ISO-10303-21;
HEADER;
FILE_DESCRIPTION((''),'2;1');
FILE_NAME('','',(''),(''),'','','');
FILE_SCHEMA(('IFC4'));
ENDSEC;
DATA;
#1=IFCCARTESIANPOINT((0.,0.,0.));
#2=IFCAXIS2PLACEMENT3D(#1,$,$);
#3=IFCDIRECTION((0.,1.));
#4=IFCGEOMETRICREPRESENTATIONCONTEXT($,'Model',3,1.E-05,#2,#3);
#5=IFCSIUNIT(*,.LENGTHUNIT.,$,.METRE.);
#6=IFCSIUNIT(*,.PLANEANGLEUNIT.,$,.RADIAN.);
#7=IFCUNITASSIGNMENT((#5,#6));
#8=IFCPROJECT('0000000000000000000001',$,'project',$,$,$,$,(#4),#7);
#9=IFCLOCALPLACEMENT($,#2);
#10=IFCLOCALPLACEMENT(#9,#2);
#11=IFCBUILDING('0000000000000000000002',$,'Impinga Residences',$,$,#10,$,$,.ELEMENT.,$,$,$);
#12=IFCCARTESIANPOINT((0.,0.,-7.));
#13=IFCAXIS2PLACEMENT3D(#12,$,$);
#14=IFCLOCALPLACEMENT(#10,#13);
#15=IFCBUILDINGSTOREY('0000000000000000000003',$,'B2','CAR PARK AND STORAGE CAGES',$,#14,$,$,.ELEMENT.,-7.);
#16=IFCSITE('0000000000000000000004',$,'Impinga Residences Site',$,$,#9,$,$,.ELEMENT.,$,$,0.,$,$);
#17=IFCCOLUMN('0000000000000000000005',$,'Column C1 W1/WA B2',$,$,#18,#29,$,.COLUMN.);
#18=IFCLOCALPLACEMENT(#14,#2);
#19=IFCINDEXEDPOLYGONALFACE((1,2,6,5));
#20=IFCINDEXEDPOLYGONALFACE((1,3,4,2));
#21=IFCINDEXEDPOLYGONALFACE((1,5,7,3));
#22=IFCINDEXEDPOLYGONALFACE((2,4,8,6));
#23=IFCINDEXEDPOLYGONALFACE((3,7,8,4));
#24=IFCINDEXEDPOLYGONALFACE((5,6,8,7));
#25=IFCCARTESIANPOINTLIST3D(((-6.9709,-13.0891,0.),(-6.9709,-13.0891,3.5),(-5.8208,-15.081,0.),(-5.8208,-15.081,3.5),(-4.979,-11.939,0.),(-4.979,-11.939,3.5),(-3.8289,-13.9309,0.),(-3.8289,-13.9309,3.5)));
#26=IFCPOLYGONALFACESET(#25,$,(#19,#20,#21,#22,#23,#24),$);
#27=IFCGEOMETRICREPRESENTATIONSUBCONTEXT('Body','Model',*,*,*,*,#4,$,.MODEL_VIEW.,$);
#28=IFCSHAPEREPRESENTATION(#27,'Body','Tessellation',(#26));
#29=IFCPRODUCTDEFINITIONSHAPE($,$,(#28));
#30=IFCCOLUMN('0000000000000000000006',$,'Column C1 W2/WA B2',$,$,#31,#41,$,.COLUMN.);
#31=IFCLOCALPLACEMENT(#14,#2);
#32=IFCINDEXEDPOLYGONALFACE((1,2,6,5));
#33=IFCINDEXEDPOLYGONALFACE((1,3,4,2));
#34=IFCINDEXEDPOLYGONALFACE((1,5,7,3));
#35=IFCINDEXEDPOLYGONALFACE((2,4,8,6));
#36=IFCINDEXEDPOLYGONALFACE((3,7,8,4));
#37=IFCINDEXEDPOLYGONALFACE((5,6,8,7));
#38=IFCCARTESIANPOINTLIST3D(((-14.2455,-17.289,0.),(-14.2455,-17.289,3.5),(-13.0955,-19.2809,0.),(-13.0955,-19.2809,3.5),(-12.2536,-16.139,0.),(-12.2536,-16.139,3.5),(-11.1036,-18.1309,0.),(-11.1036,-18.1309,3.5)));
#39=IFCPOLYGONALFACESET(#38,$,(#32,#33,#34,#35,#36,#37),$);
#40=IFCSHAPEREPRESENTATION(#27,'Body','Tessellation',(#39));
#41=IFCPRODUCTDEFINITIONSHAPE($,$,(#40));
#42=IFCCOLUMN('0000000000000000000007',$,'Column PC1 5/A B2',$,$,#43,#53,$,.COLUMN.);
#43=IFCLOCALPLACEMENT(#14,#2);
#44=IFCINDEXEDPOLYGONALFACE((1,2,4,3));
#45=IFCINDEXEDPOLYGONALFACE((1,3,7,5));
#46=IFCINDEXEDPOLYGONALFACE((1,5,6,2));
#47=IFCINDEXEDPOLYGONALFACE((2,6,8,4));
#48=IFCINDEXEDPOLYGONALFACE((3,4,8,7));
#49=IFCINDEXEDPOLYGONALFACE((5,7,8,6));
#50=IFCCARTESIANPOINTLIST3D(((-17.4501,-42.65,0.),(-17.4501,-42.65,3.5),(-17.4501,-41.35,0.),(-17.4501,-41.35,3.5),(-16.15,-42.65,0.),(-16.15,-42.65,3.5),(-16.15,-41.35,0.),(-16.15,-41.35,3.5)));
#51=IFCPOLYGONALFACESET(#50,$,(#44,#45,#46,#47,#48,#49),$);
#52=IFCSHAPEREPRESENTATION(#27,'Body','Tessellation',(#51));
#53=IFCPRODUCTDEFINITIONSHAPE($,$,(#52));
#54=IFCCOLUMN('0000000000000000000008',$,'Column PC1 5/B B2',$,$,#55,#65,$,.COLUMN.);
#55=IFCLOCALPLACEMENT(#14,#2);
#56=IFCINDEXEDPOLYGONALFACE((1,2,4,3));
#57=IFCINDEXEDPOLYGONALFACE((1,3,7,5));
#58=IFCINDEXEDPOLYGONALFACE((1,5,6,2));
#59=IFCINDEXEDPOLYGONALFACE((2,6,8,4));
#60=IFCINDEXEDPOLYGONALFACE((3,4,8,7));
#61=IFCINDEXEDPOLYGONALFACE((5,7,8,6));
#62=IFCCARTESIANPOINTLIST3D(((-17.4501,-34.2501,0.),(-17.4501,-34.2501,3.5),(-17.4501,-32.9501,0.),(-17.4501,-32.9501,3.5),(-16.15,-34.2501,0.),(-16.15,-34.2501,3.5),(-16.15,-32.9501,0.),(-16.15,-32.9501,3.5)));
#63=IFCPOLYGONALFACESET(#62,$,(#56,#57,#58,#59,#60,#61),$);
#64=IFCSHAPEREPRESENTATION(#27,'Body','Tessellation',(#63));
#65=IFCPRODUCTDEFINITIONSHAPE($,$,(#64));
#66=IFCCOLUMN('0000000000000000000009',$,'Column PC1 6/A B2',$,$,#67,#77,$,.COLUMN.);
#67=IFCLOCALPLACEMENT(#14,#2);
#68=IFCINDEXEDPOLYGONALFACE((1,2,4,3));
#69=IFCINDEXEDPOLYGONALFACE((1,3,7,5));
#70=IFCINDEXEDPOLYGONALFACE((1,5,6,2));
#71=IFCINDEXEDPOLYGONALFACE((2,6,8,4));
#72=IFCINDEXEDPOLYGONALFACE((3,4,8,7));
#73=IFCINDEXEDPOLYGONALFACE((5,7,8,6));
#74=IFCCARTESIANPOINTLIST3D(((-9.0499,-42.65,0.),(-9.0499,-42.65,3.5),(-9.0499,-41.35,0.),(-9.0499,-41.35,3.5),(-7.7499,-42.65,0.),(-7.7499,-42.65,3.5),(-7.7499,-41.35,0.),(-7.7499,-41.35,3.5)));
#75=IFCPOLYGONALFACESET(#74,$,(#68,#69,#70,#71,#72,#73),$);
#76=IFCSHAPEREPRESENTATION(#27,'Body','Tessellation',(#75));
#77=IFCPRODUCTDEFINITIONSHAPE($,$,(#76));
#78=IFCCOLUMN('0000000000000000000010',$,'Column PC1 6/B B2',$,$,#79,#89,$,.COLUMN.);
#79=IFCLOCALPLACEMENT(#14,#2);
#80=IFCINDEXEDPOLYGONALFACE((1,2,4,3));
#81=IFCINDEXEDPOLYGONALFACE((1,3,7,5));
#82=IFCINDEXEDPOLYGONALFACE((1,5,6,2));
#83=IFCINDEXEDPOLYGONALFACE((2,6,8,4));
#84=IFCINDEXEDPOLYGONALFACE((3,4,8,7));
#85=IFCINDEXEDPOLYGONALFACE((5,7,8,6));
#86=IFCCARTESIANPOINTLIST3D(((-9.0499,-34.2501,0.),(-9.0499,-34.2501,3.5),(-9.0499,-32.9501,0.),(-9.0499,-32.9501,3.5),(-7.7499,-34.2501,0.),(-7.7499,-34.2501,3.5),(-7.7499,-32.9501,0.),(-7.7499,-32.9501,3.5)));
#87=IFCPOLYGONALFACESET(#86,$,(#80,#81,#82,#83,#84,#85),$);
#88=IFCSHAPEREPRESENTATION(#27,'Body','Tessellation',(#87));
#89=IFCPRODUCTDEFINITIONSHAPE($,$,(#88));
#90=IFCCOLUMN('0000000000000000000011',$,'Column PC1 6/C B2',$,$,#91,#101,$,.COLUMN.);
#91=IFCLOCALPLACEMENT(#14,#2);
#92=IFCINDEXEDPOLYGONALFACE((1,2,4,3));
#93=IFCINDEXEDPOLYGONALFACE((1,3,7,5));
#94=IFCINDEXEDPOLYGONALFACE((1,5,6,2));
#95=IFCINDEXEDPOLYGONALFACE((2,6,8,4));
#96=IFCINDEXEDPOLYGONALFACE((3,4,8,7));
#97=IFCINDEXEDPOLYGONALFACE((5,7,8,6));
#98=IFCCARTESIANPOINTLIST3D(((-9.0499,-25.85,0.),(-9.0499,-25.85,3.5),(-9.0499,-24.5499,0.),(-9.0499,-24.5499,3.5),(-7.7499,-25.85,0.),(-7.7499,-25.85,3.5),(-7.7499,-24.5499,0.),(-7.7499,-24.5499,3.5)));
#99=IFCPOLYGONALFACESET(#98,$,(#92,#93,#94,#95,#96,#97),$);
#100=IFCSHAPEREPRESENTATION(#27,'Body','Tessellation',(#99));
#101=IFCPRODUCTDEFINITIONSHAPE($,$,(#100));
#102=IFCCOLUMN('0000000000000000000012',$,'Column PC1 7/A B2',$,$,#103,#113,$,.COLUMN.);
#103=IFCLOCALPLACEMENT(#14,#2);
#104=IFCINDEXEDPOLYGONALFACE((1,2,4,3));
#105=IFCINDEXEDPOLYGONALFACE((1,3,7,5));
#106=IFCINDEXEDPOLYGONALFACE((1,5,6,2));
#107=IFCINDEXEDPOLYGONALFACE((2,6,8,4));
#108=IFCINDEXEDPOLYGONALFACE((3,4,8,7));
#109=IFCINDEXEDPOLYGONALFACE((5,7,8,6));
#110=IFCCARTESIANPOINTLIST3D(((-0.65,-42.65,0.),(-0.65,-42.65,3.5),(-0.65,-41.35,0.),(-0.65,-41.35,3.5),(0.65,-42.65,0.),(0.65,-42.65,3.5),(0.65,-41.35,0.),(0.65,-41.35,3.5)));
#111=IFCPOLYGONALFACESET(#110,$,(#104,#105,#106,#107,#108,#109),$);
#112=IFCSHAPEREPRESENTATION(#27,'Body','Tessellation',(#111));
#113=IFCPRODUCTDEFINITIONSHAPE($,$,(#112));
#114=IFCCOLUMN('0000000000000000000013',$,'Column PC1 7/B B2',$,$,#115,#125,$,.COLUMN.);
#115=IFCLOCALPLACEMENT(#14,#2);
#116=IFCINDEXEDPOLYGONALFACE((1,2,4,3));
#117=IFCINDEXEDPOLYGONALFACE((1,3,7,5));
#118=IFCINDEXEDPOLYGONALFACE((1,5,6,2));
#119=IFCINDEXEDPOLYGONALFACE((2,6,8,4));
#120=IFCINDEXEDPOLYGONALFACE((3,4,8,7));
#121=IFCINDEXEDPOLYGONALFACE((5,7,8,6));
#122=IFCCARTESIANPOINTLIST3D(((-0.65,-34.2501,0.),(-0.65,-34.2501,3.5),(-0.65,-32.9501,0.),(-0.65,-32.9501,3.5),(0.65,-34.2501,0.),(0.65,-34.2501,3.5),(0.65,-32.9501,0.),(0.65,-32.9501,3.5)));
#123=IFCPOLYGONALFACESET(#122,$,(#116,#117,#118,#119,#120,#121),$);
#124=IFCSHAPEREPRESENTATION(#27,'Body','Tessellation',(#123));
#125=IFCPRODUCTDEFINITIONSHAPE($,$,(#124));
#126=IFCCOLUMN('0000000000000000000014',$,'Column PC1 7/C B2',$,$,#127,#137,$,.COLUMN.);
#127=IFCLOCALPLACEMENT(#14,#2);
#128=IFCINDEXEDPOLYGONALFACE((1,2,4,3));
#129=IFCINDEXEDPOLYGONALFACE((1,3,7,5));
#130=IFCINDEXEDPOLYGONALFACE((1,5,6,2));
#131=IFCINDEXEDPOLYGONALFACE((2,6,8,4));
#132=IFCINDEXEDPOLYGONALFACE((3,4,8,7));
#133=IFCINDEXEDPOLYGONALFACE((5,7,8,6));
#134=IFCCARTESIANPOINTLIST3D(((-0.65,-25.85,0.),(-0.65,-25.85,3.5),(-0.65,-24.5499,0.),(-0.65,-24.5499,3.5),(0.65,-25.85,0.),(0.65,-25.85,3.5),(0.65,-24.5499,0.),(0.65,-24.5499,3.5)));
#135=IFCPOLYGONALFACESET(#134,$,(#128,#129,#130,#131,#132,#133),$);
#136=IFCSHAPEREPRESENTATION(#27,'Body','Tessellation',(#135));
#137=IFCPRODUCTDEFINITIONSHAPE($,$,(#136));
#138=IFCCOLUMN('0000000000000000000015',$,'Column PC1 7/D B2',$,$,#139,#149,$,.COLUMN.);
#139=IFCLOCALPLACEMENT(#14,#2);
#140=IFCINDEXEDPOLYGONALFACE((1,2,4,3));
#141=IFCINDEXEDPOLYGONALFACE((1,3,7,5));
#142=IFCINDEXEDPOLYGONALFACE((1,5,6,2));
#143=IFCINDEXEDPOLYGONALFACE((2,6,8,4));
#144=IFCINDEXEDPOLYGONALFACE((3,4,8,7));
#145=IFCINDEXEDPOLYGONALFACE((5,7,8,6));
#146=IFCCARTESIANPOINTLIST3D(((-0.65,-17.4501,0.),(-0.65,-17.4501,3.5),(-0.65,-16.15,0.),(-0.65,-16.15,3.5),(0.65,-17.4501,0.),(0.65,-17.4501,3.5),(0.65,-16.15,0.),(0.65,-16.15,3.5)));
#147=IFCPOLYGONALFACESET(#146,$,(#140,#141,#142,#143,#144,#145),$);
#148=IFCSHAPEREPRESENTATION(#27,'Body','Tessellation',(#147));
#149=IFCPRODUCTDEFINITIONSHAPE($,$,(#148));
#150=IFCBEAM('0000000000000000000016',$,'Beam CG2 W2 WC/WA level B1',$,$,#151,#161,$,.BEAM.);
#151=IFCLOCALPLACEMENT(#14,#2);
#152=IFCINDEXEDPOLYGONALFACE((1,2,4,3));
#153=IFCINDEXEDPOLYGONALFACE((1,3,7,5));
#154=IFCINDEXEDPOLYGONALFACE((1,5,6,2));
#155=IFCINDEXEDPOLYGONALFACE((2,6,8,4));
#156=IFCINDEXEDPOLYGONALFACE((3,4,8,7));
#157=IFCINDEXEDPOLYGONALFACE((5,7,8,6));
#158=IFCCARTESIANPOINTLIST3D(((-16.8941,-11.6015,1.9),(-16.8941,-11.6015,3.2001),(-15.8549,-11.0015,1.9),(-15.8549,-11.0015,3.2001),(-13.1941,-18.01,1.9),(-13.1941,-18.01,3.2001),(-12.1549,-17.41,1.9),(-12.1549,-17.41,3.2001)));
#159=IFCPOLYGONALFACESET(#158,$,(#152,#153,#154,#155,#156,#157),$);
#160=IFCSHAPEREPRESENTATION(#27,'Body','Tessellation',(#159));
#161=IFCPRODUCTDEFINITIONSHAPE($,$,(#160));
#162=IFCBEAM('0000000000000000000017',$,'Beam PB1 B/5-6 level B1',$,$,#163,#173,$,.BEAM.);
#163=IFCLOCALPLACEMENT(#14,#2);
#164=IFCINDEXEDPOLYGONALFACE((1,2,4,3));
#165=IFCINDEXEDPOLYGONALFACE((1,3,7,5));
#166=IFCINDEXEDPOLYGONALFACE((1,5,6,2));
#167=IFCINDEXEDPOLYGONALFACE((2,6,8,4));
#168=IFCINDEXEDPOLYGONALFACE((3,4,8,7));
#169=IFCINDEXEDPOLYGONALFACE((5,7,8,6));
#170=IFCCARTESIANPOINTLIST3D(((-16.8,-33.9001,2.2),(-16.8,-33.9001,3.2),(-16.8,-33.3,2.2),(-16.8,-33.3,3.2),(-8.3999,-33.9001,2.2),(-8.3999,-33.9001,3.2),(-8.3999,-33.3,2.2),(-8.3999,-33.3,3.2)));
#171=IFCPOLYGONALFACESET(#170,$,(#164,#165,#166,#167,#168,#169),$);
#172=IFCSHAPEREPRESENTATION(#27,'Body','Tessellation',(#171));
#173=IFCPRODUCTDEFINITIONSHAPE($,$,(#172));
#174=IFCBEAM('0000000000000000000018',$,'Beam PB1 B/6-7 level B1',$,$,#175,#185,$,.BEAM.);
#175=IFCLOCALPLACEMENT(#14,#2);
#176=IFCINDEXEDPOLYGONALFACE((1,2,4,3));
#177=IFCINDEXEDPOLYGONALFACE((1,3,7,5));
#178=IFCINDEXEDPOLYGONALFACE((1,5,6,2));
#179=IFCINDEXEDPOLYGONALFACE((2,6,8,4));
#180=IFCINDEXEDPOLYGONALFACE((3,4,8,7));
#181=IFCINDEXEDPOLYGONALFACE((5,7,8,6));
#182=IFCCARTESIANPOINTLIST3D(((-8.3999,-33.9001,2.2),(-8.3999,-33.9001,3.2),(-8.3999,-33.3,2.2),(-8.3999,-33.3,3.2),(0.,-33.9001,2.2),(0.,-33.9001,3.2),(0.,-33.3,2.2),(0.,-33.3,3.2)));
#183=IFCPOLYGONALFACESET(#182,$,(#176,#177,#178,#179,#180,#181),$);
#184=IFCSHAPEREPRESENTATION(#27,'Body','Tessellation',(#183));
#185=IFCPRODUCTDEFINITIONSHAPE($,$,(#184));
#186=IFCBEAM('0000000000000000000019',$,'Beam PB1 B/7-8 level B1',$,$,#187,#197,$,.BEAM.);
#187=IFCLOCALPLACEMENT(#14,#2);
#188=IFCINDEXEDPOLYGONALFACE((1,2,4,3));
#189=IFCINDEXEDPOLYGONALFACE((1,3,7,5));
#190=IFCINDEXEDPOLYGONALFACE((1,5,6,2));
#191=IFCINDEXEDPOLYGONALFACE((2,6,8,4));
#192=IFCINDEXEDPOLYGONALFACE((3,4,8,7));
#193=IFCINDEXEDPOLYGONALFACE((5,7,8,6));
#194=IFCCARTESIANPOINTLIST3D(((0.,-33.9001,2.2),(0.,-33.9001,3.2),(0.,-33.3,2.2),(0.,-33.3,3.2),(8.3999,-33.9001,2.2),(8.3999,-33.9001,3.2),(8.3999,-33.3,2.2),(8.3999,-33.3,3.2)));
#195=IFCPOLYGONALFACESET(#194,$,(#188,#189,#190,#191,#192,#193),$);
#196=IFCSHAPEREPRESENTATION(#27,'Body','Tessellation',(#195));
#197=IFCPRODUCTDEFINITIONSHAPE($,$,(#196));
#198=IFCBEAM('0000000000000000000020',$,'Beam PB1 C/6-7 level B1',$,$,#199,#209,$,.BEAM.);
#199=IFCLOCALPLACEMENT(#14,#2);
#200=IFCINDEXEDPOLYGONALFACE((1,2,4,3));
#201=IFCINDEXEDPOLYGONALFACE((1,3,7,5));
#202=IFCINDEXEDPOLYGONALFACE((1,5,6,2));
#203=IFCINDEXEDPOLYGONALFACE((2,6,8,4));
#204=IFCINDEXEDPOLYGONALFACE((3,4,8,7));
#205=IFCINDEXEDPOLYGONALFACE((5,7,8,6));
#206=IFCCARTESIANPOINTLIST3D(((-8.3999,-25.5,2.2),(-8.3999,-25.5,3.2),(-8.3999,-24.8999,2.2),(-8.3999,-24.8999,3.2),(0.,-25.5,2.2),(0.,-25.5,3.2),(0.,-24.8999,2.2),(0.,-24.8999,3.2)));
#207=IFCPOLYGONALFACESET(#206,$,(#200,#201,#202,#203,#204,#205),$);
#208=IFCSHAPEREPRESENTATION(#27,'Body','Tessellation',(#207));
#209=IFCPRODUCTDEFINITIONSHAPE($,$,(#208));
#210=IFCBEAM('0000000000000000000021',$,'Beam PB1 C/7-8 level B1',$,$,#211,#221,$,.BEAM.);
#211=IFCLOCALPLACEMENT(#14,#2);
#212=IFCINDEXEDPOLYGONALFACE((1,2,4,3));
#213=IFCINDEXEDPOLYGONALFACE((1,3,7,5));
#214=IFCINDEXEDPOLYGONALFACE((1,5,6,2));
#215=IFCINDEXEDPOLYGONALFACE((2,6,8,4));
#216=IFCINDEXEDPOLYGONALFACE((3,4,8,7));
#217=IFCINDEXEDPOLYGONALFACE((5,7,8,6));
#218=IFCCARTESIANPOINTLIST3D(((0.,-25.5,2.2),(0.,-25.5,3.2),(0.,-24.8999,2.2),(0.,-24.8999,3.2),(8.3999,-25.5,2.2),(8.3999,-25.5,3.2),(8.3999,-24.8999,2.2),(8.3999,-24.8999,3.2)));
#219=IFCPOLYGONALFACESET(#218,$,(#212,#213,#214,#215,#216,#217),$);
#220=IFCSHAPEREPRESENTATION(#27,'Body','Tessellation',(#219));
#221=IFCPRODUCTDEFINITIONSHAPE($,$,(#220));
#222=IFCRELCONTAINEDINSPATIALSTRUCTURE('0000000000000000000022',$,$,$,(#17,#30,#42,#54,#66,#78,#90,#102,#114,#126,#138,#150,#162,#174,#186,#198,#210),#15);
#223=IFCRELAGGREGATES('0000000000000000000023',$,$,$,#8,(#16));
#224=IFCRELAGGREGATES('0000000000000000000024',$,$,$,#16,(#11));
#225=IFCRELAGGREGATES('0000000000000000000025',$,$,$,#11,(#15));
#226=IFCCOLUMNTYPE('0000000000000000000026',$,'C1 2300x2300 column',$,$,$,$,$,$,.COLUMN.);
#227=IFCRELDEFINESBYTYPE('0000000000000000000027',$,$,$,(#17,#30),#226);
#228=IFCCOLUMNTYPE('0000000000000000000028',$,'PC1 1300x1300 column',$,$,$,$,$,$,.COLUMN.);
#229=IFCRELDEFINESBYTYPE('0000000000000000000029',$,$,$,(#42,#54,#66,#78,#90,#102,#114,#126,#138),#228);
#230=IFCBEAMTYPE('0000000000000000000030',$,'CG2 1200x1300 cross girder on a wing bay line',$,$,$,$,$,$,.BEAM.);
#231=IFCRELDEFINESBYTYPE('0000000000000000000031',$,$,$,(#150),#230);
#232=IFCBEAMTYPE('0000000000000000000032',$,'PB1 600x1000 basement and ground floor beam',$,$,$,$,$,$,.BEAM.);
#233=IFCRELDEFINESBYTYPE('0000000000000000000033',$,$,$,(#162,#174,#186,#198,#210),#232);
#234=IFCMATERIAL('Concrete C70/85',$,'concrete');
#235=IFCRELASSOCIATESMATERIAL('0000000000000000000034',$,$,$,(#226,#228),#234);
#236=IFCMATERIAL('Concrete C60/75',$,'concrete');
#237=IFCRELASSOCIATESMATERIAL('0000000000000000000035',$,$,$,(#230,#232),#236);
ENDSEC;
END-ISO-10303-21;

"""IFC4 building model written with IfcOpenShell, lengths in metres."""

from ifc_helpers import new_model, si_unit, direction, frame, origin, origin_2d, place, context, subcontext, project, spatial, rectangle, extrude, material, material_profile, profile_set, type_object, element, save


model = new_model("IFC4")

# Units and contexts
model_context = context("Model", 3, precision=1e-05, world=origin(), true_north=direction((0.0, 1.0)))
body_context = subcontext(model_context, "Body", "Model", "MODEL_VIEW")
ifc_project = project(units=[si_unit("LENGTHUNIT", "METRE"), si_unit("PLANEANGLEUNIT", "RADIAN")], contexts=[model_context])

# Site, building, storey
site_placement = place(None, origin())
site = spatial("IfcSite", under=ifc_project, at=site_placement, Name="Impinga Residences Site", CompositionType="ELEMENT", RefElevation=0.0)
building_placement = place(site_placement, origin())
building = spatial("IfcBuilding", under=site, at=building_placement, Name="Impinga Residences", CompositionType="ELEMENT")
storey_placement = place(building_placement, frame((0.0, 0.0, -7.0)))
storey = spatial("IfcBuildingStorey", under=building, at=storey_placement, Name="B2", Description="CAR PARK AND STORAGE CAGES", CompositionType="ELEMENT", Elevation=-7.0)

# Columns
ifc_material_1 = material(Name="Concrete C70/85", Category="concrete")
ifc_material_profile_1 = material_profile(ifc_material_1, rectangle(XDim=2.3, YDim=2.3, at=origin_2d()), Name="RC 2300x2300")
ifc_profile_set_1 = profile_set([ifc_material_profile_1], Name="Concrete C70/85")
column_type_1 = type_object("IfcColumnType", Name="C1 2300x2300 column", PredefinedType="COLUMN", material=ifc_profile_set_1)
for number, where, z_axis, x_axis, name in (
    (1, (-5.3999, -13.51, 0.0), (0.0, 0.0, 1.0), (-0.5, 0.866025, 0.0), "Column C1 W1/WA B2"),
    (2, (-12.6746, -17.71, 0.0), (0.0, 0.0, 1.0), (-0.5, 0.866025, 0.0), "Column C1 W2/WA B2"),
):
    element("IfcColumn", number, at=place(storey_placement, frame(where, z_axis=z_axis, x_axis=x_axis)), inside=storey, type_object=column_type_1, Name=name, PredefinedType="COLUMN", context=body_context, shape_type="SweptSolid", body=[
        extrude(rectangle(XDim=2.3, YDim=2.3, at=origin_2d()), origin(), (0.0, 0.0, 1.0), 3.5),
    ])
ifc_material_profile_2 = material_profile(ifc_material_1, rectangle(XDim=1.3, YDim=1.3, at=origin_2d()), Name="RC 1300x1300")
ifc_profile_set_2 = profile_set([ifc_material_profile_2], Name="Concrete C70/85")
column_type_2 = type_object("IfcColumnType", Name="PC1 1300x1300 column", PredefinedType="COLUMN", material=ifc_profile_set_2)
for number, where, z_axis, x_axis, name in (
    (3, (-16.8, -42.0, 0.0), (0.0, 0.0, 1.0), (1.0, 0.0, 0.0), "Column PC1 5/A B2"),
    (4, (-16.8, -33.6001, 0.0), (0.0, 0.0, 1.0), (1.0, 0.0, 0.0), "Column PC1 5/B B2"),
    (5, (-8.3999, -42.0, 0.0), (0.0, 0.0, 1.0), (1.0, 0.0, 0.0), "Column PC1 6/A B2"),
    (6, (-8.3999, -33.6001, 0.0), (0.0, 0.0, 1.0), (1.0, 0.0, 0.0), "Column PC1 6/B B2"),
    (7, (-8.3999, -25.2, 0.0), (0.0, 0.0, 1.0), (1.0, 0.0, 0.0), "Column PC1 6/C B2"),
    (8, (0.0, -42.0, 0.0), (0.0, 0.0, 1.0), (1.0, 0.0, 0.0), "Column PC1 7/A B2"),
    (9, (0.0, -33.6001, 0.0), (0.0, 0.0, 1.0), (1.0, 0.0, 0.0), "Column PC1 7/B B2"),
    (10, (0.0, -25.2, 0.0), (0.0, 0.0, 1.0), (1.0, 0.0, 0.0), "Column PC1 7/C B2"),
    (11, (0.0, -16.8, 0.0), (0.0, 0.0, 1.0), (1.0, 0.0, 0.0), "Column PC1 7/D B2"),
):
    element("IfcColumn", number, at=place(storey_placement, frame(where, z_axis=z_axis, x_axis=x_axis)), inside=storey, type_object=column_type_2, Name=name, PredefinedType="COLUMN", context=body_context, shape_type="SweptSolid", body=[
        extrude(rectangle(XDim=1.3, YDim=1.3, at=origin_2d()), origin(), (0.0, 0.0, 1.0), 3.5),
    ])

# Beams
ifc_material_2 = material(Name="Concrete C60/75", Category="concrete")
ifc_material_profile_3 = material_profile(ifc_material_2, rectangle(XDim=1.2, YDim=1.3, at=origin_2d()), Name="RC 1200x1300")
ifc_profile_set_3 = profile_set([ifc_material_profile_3], Name="Concrete C60/75")
beam_type_1 = type_object("IfcBeamType", Name="CG2 1200x1300 cross girder on a wing bay line", PredefinedType="BEAM", material=ifc_profile_set_3)
beam_1_placement = place(storey_placement, frame((-16.3745, -11.3015, 2.55), z_axis=(0.500003, -0.866024, 0.0), x_axis=(0.866024, 0.500003, 0.0)))
element("IfcBeam", 12, at=beam_1_placement, inside=storey, type_object=beam_type_1, Name="Beam CG2 W2 WC/WA level B1", PredefinedType="BEAM", context=body_context, shape_type="SweptSolid", body=[
    extrude(rectangle(XDim=1.2, YDim=1.3, at=origin_2d()), origin(), (0.0, 0.0, 1.0), 7.3999),
])
ifc_material_profile_4 = material_profile(ifc_material_2, rectangle(XDim=0.6001, YDim=1.0, at=origin_2d()), Name="RC 600x1000")
ifc_profile_set_4 = profile_set([ifc_material_profile_4], Name="Concrete C60/75")
beam_type_2 = type_object("IfcBeamType", Name="PB1 600x1000 basement and ground floor beam", PredefinedType="BEAM", material=ifc_profile_set_4)
beam_2_placement = place(storey_placement, frame((-16.8, -33.6001, 2.7), z_axis=(1.0, 0.0, 0.0), x_axis=(0.0, 1.0, 0.0)))
element("IfcBeam", 13, at=beam_2_placement, inside=storey, type_object=beam_type_2, Name="Beam PB1 B/5-6 level B1", PredefinedType="BEAM", context=body_context, shape_type="SweptSolid", body=[
    extrude(rectangle(XDim=0.6001, YDim=1.0, at=origin_2d()), origin(), (0.0, 0.0, 1.0), 8.4001),
])
for number, where, z_axis, x_axis, name in (
    (14, (-8.3999, -33.6001, 2.7), (1.0, 0.0, 0.0), (0.0, 1.0, 0.0), "Beam PB1 B/6-7 level B1"),
    (15, (0.0, -33.6001, 2.7), (1.0, 0.0, 0.0), (0.0, 1.0, 0.0), "Beam PB1 B/7-8 level B1"),
    (16, (-8.3999, -25.2, 2.7), (1.0, 0.0, 0.0), (0.0, 1.0, 0.0), "Beam PB1 C/6-7 level B1"),
    (17, (0.0, -25.2, 2.7), (1.0, 0.0, 0.0), (0.0, 1.0, 0.0), "Beam PB1 C/7-8 level B1"),
):
    element("IfcBeam", number, at=place(storey_placement, frame(where, z_axis=z_axis, x_axis=x_axis)), inside=storey, type_object=beam_type_2, Name=name, PredefinedType="BEAM", context=body_context, shape_type="SweptSolid", body=[
        extrude(rectangle(XDim=0.6001, YDim=1.0, at=origin_2d()), origin(), (0.0, 0.0, 1.0), 8.3999),
    ])

save(model, "model.ifc")
